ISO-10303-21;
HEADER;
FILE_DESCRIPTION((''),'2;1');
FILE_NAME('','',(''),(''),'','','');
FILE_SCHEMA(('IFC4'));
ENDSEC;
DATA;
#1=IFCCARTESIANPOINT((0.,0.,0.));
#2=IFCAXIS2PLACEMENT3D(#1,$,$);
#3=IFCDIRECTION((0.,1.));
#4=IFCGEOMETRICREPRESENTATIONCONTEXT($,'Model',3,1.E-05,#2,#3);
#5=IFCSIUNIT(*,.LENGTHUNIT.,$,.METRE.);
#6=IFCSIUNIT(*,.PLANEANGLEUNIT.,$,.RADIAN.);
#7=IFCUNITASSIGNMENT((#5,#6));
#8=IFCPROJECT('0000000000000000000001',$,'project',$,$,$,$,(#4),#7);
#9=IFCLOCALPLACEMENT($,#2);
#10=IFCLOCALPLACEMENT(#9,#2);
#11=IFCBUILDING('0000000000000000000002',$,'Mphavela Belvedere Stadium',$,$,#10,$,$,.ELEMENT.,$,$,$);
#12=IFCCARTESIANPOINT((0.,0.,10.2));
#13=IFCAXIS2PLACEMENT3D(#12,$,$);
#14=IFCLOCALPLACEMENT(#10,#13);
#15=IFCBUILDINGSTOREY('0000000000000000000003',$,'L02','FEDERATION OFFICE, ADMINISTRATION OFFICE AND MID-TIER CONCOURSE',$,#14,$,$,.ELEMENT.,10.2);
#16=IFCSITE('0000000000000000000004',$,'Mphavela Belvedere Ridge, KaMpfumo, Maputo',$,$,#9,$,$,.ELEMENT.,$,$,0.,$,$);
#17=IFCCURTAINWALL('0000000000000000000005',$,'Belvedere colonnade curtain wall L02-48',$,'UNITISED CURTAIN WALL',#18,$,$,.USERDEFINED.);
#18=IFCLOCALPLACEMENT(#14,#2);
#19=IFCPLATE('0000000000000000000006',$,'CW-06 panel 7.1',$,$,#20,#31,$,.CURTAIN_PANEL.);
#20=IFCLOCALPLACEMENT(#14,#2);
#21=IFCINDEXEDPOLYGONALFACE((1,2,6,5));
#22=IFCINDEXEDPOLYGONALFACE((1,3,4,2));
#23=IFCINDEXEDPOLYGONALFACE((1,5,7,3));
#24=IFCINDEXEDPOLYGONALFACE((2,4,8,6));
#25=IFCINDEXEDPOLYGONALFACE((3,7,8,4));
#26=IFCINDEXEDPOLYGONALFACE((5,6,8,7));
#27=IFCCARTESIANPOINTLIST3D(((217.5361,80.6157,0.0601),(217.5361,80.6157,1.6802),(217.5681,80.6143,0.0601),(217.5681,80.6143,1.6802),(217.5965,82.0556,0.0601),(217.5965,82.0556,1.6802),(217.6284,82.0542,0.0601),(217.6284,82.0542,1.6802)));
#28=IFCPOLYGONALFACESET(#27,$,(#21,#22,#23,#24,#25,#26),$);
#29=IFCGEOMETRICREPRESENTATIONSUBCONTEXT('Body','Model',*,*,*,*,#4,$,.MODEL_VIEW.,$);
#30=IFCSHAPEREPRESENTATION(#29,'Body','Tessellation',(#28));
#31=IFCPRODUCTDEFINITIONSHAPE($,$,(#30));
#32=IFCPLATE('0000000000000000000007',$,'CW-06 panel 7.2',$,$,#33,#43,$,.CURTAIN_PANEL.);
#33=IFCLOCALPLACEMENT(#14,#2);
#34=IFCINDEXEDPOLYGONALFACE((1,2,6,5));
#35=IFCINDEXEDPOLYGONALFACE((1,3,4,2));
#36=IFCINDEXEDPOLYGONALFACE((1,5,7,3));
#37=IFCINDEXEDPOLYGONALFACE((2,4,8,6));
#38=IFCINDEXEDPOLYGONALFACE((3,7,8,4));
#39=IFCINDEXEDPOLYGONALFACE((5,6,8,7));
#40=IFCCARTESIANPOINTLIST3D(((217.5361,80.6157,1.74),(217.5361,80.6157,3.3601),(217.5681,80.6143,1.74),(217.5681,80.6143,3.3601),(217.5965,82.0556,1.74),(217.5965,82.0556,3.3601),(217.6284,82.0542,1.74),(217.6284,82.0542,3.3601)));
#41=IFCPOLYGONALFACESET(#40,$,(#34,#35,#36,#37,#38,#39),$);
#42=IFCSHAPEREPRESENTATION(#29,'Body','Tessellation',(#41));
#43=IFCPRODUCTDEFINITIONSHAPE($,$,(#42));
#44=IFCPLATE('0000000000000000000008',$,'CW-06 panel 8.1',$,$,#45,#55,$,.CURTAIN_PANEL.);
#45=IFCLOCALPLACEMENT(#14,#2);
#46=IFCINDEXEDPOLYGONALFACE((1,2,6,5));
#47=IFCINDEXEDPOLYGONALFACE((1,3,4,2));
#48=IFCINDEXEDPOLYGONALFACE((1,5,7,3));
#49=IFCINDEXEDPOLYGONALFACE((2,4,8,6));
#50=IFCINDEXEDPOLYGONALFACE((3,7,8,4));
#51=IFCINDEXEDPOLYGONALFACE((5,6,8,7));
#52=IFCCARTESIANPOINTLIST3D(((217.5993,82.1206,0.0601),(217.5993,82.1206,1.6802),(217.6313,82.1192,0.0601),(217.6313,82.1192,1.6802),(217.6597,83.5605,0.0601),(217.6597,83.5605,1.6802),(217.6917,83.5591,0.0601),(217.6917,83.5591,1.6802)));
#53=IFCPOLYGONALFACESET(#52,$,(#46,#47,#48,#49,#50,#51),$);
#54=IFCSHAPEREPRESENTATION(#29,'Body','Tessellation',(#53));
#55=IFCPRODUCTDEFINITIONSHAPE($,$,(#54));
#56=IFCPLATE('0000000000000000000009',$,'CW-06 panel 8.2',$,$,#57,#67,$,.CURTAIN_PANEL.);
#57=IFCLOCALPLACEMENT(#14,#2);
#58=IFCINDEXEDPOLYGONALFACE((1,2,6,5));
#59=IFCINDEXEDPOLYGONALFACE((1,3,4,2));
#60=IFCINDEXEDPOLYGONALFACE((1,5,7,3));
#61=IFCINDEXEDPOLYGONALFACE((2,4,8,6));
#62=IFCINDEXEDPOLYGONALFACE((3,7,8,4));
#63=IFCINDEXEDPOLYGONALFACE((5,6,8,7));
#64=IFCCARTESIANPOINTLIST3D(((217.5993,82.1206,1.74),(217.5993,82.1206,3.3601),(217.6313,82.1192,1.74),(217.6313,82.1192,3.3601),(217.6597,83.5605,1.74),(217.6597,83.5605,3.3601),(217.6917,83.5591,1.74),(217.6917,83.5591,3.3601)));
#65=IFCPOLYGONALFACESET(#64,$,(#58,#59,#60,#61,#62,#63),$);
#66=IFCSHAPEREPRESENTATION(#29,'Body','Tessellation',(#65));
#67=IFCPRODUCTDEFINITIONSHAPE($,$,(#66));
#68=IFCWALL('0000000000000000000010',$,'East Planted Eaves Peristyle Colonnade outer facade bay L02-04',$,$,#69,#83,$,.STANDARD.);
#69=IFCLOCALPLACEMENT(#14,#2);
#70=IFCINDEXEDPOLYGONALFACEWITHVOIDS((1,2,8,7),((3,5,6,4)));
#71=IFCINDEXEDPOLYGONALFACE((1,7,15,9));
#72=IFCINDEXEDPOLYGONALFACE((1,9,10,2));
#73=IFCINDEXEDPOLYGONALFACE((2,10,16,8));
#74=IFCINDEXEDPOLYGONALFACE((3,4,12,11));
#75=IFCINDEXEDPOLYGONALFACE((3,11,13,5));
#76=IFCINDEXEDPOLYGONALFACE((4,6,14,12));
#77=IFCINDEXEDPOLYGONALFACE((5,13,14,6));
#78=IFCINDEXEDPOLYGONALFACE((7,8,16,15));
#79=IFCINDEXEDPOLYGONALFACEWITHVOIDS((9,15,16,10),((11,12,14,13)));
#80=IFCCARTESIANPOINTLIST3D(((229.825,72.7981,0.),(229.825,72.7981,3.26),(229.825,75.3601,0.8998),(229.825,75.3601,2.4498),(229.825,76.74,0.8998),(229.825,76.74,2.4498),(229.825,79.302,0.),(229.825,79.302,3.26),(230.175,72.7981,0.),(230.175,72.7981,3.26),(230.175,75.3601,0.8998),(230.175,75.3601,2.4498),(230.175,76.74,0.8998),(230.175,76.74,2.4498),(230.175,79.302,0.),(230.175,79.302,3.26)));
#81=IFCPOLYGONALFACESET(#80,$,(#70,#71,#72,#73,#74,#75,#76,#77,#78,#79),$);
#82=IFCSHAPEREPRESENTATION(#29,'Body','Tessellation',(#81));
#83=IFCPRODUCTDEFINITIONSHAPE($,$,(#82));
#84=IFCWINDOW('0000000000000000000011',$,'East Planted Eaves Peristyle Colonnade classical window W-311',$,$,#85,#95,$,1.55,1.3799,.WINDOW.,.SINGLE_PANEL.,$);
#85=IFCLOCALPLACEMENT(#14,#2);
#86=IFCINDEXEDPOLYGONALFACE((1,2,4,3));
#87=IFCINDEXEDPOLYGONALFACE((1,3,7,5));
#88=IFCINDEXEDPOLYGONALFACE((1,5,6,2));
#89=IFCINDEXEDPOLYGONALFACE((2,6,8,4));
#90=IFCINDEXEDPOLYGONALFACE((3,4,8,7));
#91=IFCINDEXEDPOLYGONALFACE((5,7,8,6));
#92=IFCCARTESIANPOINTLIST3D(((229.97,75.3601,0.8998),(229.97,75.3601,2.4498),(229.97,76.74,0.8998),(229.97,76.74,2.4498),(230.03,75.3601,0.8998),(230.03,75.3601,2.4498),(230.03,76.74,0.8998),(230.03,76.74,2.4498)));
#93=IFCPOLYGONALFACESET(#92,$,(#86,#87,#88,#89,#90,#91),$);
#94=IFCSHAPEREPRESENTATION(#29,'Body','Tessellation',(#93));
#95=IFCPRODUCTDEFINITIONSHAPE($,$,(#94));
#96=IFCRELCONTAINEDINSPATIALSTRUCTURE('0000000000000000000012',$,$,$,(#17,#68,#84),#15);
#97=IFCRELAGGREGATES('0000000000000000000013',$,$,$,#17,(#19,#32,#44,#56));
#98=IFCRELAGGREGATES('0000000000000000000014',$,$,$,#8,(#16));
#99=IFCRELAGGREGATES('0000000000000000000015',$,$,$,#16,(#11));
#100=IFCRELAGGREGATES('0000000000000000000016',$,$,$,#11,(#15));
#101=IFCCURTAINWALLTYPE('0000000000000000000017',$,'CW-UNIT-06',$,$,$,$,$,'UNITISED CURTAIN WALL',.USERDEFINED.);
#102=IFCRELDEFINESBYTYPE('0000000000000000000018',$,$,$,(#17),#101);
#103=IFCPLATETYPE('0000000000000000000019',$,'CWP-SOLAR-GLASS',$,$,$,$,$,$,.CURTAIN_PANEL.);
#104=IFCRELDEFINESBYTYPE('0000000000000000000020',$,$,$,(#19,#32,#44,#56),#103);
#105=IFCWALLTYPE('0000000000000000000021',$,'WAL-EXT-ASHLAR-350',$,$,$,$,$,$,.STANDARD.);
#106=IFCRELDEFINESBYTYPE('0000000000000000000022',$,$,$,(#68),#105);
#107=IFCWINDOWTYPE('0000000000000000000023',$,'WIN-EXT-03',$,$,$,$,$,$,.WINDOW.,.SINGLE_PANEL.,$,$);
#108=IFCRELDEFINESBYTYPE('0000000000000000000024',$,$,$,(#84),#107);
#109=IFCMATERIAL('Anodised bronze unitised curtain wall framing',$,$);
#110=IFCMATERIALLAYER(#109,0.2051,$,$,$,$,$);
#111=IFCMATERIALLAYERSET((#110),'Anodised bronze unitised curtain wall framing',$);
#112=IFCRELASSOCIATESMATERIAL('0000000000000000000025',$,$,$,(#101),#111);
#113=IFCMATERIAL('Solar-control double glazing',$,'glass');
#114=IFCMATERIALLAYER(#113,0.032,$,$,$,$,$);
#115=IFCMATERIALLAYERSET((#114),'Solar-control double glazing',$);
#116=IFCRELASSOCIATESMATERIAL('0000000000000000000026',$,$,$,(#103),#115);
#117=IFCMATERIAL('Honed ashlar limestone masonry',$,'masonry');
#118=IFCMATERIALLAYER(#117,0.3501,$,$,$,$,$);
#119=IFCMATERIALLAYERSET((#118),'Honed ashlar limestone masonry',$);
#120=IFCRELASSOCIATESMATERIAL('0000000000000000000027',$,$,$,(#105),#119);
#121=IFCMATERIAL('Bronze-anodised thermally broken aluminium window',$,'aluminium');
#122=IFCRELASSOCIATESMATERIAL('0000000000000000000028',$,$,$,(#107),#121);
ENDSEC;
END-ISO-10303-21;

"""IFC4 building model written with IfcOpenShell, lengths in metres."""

from ifc_helpers import new_model, si_unit, direction, frame, frame_2d, origin, origin_2d, place, context, subcontext, project, spatial, rectangle, extrude, material, layer, layer_set, type_object, element, fill, aggregate, save


model = new_model("IFC4")

# Units and contexts
model_context = context("Model", 3, precision=1e-05, world=origin(), true_north=direction((0.0, 1.0)))
body_context = subcontext(model_context, "Body", "Model", "MODEL_VIEW")
ifc_project = project(units=[si_unit("LENGTHUNIT", "METRE"), si_unit("PLANEANGLEUNIT", "RADIAN")], contexts=[model_context])

# Site, building, storey
site_placement = place(None, origin())
site = spatial("IfcSite", under=ifc_project, at=site_placement, Name="Mphavela Belvedere Ridge, KaMpfumo, Maputo", CompositionType="ELEMENT", RefElevation=0.0)
building_placement = place(site_placement, origin())
building = spatial("IfcBuilding", under=site, at=building_placement, Name="Mphavela Belvedere Stadium", CompositionType="ELEMENT")
storey_placement = place(building_placement, frame((0.0, 0.0, 10.2)))
storey = spatial("IfcBuildingStorey", under=building, at=storey_placement, Name="L02", Description="FEDERATION OFFICE, ADMINISTRATION OFFICE AND MID-TIER CONCOURSE", CompositionType="ELEMENT", Elevation=10.2)

# Curtain wall, plates
ifc_material_1 = material(Name="Anodised bronze unitised curtain wall framing")
ifc_layer_1 = layer(ifc_material_1, 0.2051)
ifc_layer_set_1 = layer_set([ifc_layer_1], Name="Anodised bronze unitised curtain wall framing")
curtain_wall_type = type_object("IfcCurtainWallType", Name="CW-UNIT-06", ElementType="UNITISED CURTAIN WALL", PredefinedType="USERDEFINED", material=ifc_layer_set_1)
curtain_wall_placement = place(storey_placement, origin())
curtain_wall = element("IfcCurtainWall", 1, at=curtain_wall_placement, inside=storey, type_object=curtain_wall_type, Name="Belvedere colonnade curtain wall L02-48", ObjectType="UNITISED CURTAIN WALL", PredefinedType="USERDEFINED")
ifc_material_2 = material(Name="Solar-control double glazing", Category="glass")
ifc_layer_2 = layer(ifc_material_2, 0.032)
ifc_layer_set_2 = layer_set([ifc_layer_2], Name="Solar-control double glazing")
plate_type = type_object("IfcPlateType", Name="CWP-SOLAR-GLASS", PredefinedType="CURTAIN_PANEL", material=ifc_layer_set_2)
plate_1_placement = place(storey_placement, frame((217.5823, 81.335, 0.0601), z_axis=(0.0, 0.0, 1.0), x_axis=(0.041904, 0.999122, 0.0)))
plate_1 = element("IfcPlate", 2, at=plate_1_placement, type_object=plate_type, Name="CW-06 panel 7.1", PredefinedType="CURTAIN_PANEL", context=body_context, shape_type="SweptSolid", body=[
    extrude(rectangle(XDim=1.4412, YDim=0.032, at=origin_2d()), origin(), (0.0, 0.0, 1.0), 1.6201),
])
plate_2_placement = place(storey_placement, frame((217.5823, 81.335, 1.74), z_axis=(0.0, 0.0, 1.0), x_axis=(0.041904, 0.999122, 0.0)))
plate_2 = element("IfcPlate", 3, at=plate_2_placement, type_object=plate_type, Name="CW-06 panel 7.2", PredefinedType="CURTAIN_PANEL", context=body_context, shape_type="SweptSolid", body=[
    extrude(rectangle(XDim=1.4412, YDim=0.032, at=origin_2d()), origin(), (0.0, 0.0, 1.0), 1.6201),
])
plate_3_placement = place(storey_placement, frame((217.6455, 82.8398, 0.0601), z_axis=(0.0, 0.0, 1.0), x_axis=(0.041904, 0.999122, 0.0)))
plate_3 = element("IfcPlate", 4, at=plate_3_placement, type_object=plate_type, Name="CW-06 panel 8.1", PredefinedType="CURTAIN_PANEL", context=body_context, shape_type="SweptSolid", body=[
    extrude(rectangle(XDim=1.4412, YDim=0.032, at=origin_2d()), origin(), (0.0, 0.0, 1.0), 1.6201),
])
plate_4_placement = place(storey_placement, frame((217.6455, 82.8398, 1.74), z_axis=(0.0, 0.0, 1.0), x_axis=(0.041904, 0.999122, 0.0)))
plate_4 = element("IfcPlate", 5, at=plate_4_placement, type_object=plate_type, Name="CW-06 panel 8.2", PredefinedType="CURTAIN_PANEL", context=body_context, shape_type="SweptSolid", body=[
    extrude(rectangle(XDim=1.4412, YDim=0.032, at=origin_2d()), origin(), (0.0, 0.0, 1.0), 1.6201),
])
aggregate(curtain_wall, [plate_1, plate_2, plate_3, plate_4])

# Wall, opening, window
ifc_material_3 = material(Name="Honed ashlar limestone masonry", Category="masonry")
ifc_layer_3 = layer(ifc_material_3, 0.3501)
ifc_layer_set_3 = layer_set([ifc_layer_3], Name="Honed ashlar limestone masonry")
wall_type = type_object("IfcWallType", Name="WAL-EXT-ASHLAR-350", PredefinedType="STANDARD", material=ifc_layer_set_3)
wall_placement = place(storey_placement, frame((230.0, 79.302, 0.0), z_axis=(0.0, 0.0, 1.0), x_axis=(0.0, -1.0, 0.0)))
wall = element("IfcWall", 6, at=wall_placement, inside=storey, type_object=wall_type, Name="East Planted Eaves Peristyle Colonnade outer facade bay L02-04", PredefinedType="STANDARD", context=body_context, shape_type="SweptSolid", body=[
    extrude(rectangle(XDim=6.5039, YDim=0.3501, at=frame_2d((3.252, 0.0))), origin(), (0.0, 0.0, 1.0), 3.26),
])
opening_placement = place(wall_placement, frame((2.562, 0.0, 0.8999)))
opening = element("IfcOpeningElement", 7, at=opening_placement, cuts=wall, PredefinedType="OPENING", context=body_context, shape_type="SweptSolid", body=[
    extrude(rectangle(XDim=1.3799, YDim=1.55, at=frame_2d((0.6899, 0.7749))), frame((0.0, 0.1851, 0.0), z_axis=(0.0, -1.0, 0.0), x_axis=(1.0, 0.0, 0.0)), (0.0, 0.0, 1.0), 0.3701),
])
ifc_material_4 = material(Name="Bronze-anodised thermally broken aluminium window", Category="aluminium")
window_type = type_object("IfcWindowType", Name="WIN-EXT-03", PartitioningType="SINGLE_PANEL", PredefinedType="WINDOW", material=ifc_material_4)
window_placement = place(opening_placement, origin())
window = element("IfcWindow", 8, at=window_placement, inside=storey, type_object=window_type, Name="East Planted Eaves Peristyle Colonnade classical window W-311", OverallHeight=1.55, OverallWidth=1.3799, PartitioningType="SINGLE_PANEL", PredefinedType="WINDOW", context=body_context, shape_type="SweptSolid", body=[
    extrude(rectangle(XDim=1.3799, YDim=1.55, at=frame_2d((0.6899, 0.7749))), frame((0.0, 0.03, 0.0), z_axis=(0.0, -1.0, 0.0), x_axis=(1.0, 0.0, 0.0)), (0.0, 0.0, 1.0), 0.0601),
])
fill(opening, window)

save(model, "model.ifc")
